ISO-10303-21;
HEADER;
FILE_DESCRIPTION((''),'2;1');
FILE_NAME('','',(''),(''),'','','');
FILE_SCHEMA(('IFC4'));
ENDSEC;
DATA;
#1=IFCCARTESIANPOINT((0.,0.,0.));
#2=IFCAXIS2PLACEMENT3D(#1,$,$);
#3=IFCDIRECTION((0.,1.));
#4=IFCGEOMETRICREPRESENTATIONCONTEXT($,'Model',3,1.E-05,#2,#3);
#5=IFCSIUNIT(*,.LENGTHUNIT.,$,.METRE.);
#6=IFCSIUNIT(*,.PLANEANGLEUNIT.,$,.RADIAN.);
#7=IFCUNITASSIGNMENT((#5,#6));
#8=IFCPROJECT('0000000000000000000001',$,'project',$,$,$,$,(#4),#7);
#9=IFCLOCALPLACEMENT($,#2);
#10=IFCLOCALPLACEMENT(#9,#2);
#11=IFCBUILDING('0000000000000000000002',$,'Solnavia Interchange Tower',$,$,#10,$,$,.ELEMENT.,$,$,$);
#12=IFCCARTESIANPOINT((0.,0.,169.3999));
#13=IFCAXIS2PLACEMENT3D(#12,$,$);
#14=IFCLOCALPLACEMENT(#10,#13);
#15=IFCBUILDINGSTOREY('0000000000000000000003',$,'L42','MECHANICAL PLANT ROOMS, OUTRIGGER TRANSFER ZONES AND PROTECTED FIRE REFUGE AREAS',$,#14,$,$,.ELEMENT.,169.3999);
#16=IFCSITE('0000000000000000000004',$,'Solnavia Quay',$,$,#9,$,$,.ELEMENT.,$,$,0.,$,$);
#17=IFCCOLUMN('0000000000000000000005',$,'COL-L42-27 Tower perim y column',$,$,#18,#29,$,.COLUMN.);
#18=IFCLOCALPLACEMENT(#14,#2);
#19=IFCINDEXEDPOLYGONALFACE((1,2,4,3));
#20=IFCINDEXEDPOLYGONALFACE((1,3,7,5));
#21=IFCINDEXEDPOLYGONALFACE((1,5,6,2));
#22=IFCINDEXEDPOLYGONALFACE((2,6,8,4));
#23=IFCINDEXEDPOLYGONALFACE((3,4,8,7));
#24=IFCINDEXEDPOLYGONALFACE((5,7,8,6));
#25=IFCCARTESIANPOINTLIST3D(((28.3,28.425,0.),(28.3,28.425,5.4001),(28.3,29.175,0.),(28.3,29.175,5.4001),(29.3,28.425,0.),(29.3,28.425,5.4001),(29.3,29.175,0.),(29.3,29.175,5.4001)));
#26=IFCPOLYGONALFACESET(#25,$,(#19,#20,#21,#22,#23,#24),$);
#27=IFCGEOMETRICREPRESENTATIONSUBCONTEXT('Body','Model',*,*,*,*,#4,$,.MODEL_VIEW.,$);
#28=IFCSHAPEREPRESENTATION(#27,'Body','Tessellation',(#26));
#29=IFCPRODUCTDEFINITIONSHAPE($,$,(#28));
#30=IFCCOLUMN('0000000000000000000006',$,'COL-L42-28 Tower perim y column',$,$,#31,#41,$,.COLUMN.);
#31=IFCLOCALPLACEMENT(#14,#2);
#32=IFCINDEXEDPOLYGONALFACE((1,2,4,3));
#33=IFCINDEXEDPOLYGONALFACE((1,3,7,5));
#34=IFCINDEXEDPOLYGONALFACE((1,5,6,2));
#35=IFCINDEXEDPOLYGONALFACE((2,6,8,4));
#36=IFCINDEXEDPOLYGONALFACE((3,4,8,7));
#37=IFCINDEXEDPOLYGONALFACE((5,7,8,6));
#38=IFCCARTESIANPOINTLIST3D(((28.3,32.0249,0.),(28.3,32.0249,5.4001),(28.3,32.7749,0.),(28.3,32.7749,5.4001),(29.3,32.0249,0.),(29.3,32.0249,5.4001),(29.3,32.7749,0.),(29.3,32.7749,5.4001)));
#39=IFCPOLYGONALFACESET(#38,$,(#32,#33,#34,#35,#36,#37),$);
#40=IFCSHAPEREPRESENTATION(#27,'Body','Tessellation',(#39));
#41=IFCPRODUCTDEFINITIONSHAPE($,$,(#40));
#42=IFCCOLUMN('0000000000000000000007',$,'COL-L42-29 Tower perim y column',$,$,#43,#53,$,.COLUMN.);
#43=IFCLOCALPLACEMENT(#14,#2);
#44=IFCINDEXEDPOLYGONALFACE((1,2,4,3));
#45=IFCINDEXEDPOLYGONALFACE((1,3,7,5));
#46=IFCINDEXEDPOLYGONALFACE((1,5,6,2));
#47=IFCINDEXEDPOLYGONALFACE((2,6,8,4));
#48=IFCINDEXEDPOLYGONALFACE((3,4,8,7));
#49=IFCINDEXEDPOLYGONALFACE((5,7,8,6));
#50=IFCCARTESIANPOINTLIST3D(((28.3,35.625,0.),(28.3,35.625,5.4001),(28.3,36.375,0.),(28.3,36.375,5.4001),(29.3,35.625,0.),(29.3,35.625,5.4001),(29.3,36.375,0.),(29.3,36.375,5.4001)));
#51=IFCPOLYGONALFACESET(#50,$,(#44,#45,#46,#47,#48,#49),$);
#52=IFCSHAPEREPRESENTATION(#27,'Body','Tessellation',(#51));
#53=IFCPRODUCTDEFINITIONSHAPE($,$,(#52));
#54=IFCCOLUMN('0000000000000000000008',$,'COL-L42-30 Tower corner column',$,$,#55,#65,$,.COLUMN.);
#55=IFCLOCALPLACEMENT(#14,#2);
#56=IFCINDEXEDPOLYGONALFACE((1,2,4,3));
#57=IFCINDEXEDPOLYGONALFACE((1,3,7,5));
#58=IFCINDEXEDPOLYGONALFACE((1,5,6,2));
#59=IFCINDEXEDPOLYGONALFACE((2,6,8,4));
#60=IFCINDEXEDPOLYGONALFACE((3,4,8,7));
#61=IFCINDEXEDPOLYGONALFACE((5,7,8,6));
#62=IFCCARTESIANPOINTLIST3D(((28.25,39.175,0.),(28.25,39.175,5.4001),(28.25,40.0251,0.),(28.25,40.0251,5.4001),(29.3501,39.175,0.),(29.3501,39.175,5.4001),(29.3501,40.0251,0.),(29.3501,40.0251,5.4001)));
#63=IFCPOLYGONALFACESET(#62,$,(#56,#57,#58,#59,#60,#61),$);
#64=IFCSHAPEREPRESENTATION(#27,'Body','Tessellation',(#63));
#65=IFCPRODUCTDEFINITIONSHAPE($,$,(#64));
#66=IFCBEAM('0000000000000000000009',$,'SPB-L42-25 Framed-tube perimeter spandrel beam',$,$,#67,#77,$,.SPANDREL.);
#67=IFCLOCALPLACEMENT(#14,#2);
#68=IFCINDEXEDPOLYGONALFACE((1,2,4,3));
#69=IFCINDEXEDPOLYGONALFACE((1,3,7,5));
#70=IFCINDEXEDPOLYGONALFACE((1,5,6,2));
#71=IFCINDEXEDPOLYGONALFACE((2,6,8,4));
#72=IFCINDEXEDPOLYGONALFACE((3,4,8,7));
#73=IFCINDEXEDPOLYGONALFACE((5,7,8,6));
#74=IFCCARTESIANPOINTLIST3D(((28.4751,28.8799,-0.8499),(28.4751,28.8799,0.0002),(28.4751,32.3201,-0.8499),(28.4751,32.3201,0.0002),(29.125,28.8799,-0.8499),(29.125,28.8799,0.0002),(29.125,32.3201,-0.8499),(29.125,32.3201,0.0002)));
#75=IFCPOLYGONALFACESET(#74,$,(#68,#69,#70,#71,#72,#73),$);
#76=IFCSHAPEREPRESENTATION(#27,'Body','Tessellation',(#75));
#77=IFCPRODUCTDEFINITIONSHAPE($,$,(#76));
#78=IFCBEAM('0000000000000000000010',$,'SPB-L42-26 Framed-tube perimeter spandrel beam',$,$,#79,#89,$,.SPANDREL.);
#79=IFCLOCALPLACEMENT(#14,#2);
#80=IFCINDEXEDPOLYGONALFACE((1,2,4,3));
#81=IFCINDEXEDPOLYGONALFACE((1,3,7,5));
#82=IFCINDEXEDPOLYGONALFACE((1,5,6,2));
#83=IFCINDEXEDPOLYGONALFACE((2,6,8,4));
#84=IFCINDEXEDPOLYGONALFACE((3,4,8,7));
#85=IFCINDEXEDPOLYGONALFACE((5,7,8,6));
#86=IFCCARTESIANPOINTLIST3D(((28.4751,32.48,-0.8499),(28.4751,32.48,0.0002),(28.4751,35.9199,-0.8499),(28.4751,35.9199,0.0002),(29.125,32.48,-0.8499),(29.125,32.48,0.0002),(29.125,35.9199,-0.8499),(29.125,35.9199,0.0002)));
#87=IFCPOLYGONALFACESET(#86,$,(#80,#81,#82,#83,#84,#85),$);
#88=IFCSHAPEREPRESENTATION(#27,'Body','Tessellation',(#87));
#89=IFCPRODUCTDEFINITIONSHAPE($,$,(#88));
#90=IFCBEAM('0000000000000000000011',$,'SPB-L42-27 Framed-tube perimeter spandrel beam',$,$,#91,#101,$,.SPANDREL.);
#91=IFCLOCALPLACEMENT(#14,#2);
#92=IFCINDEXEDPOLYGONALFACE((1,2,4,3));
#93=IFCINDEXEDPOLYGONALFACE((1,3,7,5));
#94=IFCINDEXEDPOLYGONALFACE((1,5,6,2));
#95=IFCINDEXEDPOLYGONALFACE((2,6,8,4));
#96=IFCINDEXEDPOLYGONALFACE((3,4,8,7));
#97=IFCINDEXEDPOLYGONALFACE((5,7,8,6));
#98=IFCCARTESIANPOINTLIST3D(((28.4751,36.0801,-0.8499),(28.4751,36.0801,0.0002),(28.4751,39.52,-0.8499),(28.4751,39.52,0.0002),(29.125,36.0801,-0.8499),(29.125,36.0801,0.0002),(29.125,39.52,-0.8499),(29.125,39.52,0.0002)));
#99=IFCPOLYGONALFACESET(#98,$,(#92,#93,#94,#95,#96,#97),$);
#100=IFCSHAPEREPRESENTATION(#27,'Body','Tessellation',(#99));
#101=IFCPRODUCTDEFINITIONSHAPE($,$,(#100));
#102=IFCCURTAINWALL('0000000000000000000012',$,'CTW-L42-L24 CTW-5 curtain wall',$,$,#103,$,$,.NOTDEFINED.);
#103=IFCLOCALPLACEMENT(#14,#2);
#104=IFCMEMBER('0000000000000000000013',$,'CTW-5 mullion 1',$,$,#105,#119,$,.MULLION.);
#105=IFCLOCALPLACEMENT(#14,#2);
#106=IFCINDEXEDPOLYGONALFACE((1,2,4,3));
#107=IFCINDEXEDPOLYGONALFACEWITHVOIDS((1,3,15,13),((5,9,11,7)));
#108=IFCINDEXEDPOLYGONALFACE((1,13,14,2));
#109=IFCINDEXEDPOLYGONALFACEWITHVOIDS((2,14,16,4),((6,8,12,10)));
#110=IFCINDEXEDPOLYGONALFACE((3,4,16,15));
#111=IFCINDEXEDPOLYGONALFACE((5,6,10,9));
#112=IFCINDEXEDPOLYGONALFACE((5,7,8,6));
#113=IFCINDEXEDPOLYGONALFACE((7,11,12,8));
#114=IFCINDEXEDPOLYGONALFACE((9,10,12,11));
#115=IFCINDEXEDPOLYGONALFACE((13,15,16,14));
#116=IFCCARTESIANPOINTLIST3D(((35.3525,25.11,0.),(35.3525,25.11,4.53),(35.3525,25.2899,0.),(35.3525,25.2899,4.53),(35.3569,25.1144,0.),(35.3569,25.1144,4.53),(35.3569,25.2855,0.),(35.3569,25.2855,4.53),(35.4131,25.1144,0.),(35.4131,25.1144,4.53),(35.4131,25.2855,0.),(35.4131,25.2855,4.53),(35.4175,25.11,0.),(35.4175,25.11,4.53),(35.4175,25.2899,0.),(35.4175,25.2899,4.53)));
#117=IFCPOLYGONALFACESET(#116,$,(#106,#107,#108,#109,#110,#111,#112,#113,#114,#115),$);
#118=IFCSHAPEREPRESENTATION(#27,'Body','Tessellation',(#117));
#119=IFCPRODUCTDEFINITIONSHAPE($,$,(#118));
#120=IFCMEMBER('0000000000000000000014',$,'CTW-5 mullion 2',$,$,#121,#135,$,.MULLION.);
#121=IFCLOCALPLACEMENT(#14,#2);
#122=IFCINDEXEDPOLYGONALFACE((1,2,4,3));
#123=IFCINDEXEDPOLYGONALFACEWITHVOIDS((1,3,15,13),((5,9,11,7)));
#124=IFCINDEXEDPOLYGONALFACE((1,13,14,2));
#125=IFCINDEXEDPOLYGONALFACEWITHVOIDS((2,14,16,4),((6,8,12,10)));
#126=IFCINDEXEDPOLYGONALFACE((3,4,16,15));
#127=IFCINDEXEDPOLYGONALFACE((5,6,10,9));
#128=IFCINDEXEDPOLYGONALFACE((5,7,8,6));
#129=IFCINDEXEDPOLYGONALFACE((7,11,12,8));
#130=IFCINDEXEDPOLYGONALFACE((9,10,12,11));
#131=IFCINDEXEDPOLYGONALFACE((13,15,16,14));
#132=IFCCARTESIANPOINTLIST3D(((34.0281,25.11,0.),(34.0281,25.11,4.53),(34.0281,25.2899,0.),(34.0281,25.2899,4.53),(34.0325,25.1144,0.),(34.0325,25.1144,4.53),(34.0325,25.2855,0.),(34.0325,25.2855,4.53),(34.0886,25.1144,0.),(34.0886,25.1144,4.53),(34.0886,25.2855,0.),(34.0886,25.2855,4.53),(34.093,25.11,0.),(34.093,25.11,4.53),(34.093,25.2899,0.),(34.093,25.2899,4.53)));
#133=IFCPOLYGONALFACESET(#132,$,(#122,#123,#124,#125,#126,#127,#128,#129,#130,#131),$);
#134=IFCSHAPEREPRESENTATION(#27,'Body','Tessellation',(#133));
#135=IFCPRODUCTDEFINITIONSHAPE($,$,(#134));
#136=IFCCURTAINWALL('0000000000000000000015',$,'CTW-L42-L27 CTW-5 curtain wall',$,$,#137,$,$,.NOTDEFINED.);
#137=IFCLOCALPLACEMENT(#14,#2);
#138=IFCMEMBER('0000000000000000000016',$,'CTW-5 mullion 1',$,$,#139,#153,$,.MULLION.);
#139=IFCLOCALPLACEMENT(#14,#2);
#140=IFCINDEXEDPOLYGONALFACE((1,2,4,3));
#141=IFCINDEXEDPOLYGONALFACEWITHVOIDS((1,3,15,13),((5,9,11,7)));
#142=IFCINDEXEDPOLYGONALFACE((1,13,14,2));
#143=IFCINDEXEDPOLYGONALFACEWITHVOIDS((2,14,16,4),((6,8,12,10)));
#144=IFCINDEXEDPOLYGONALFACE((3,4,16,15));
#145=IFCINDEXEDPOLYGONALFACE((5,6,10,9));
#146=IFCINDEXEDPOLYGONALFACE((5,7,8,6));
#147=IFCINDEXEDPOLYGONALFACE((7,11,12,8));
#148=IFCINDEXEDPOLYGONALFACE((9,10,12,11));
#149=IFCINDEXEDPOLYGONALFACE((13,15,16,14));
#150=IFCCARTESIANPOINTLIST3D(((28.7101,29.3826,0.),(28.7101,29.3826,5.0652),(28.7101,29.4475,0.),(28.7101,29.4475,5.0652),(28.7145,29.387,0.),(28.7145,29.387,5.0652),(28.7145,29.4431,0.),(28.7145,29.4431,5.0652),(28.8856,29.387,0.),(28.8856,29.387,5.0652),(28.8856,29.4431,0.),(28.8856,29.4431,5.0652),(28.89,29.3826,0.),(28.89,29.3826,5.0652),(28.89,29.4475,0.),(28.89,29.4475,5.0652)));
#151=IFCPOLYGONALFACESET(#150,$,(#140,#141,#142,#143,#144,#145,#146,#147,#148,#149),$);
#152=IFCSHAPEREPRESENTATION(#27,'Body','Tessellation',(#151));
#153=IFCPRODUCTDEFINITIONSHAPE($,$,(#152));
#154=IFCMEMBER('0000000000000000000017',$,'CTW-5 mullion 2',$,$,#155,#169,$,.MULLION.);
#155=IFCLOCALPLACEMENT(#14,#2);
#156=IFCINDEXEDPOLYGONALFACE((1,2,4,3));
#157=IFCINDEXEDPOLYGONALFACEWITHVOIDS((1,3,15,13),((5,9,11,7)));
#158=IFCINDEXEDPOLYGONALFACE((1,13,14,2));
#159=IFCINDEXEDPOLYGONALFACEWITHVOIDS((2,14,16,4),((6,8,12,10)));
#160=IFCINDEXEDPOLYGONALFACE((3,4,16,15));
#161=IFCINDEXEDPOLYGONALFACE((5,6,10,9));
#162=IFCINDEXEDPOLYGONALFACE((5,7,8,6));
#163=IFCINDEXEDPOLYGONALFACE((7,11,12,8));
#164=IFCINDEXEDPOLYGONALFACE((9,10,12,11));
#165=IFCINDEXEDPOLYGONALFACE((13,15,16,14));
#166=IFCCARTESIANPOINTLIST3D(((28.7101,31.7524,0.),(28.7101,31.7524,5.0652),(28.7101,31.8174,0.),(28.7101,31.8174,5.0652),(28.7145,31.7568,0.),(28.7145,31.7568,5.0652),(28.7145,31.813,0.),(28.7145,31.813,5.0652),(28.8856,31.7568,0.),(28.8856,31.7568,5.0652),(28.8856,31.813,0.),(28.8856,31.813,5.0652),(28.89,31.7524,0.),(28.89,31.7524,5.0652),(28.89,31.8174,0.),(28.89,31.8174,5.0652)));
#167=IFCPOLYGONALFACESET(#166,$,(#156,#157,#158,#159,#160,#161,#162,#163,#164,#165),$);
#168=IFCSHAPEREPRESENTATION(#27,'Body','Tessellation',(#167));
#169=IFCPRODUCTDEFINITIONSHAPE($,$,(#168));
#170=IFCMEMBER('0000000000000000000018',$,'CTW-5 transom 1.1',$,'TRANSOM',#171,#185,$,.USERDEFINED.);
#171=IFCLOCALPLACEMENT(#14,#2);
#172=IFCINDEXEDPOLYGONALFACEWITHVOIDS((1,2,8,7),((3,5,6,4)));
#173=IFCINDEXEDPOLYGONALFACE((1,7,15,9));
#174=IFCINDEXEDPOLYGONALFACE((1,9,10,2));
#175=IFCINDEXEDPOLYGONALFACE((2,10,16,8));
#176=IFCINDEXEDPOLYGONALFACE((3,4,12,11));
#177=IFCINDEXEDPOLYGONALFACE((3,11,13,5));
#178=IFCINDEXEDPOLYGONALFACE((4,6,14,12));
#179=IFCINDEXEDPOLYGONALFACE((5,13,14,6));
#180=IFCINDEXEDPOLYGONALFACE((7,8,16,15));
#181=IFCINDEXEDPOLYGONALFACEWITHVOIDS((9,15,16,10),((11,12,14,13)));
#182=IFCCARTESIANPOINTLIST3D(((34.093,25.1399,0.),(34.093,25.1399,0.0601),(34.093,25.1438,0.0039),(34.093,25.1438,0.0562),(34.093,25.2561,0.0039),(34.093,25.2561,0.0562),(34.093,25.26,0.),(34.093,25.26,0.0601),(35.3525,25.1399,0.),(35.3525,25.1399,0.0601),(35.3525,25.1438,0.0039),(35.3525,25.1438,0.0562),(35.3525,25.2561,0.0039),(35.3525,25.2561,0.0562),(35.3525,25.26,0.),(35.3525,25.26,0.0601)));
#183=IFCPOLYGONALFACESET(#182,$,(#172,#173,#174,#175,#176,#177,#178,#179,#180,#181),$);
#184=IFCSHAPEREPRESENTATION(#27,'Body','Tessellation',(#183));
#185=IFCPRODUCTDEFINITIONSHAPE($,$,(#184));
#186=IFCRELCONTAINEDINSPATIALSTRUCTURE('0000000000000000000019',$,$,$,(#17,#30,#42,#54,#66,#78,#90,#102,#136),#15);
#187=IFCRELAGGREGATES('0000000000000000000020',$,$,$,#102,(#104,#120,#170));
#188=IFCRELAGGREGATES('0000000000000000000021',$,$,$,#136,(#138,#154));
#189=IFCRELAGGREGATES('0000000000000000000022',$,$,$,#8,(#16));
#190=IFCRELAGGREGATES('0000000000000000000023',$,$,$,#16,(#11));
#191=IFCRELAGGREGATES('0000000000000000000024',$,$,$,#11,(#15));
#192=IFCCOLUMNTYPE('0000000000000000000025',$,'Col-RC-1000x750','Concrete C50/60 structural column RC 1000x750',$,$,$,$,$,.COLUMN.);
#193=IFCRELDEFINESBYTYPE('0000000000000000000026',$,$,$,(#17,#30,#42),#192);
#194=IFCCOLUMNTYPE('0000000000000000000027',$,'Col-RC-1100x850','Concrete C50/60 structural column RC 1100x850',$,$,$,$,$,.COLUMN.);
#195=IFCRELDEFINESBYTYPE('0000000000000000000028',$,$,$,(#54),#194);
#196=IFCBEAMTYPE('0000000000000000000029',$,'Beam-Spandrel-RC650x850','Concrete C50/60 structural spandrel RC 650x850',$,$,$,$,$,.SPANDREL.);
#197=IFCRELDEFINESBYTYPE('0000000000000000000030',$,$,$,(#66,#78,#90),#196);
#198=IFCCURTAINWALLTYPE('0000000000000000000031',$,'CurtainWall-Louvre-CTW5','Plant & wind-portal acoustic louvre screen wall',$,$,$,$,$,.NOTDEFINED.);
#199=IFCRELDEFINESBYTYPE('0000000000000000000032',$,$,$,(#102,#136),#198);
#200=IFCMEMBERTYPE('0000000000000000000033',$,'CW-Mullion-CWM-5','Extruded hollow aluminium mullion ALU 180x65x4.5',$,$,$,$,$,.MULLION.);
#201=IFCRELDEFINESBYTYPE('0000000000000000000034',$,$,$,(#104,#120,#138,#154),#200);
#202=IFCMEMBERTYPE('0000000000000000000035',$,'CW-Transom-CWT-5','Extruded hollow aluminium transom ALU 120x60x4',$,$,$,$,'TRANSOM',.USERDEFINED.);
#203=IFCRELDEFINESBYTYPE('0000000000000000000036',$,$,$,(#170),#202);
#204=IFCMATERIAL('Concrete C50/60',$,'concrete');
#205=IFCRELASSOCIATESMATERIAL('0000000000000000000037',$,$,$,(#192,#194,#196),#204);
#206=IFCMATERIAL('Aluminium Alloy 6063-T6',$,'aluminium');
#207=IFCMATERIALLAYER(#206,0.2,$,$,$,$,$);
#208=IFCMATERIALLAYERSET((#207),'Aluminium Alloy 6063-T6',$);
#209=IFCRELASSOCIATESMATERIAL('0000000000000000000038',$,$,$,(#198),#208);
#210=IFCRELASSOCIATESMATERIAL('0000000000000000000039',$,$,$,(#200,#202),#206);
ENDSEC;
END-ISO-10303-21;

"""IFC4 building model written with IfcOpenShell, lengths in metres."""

from ifc_helpers import new_model, si_unit, direction, frame, origin, origin_2d, place, context, subcontext, project, spatial, rectangle, hollow_rectangle, extrude, material, layer, layer_set, material_profile, profile_set, type_object, element, aggregate, save


model = new_model("IFC4")

# Units and contexts
model_context = context("Model", 3, precision=1e-05, world=origin(), true_north=direction((0.0, 1.0)))
body_context = subcontext(model_context, "Body", "Model", "MODEL_VIEW")
ifc_project = project(units=[si_unit("LENGTHUNIT", "METRE"), si_unit("PLANEANGLEUNIT", "RADIAN")], contexts=[model_context])

# Site, building, storey
site_placement = place(None, origin())
site = spatial("IfcSite", under=ifc_project, at=site_placement, Name="Solnavia Quay", CompositionType="ELEMENT", RefElevation=0.0)
building_placement = place(site_placement, origin())
building = spatial("IfcBuilding", under=site, at=building_placement, Name="Solnavia Interchange Tower", CompositionType="ELEMENT")
storey_placement = place(building_placement, frame((0.0, 0.0, 169.3999)))
storey = spatial("IfcBuildingStorey", under=building, at=storey_placement, Name="L42", Description="MECHANICAL PLANT ROOMS, OUTRIGGER TRANSFER ZONES AND PROTECTED FIRE REFUGE AREAS", CompositionType="ELEMENT", Elevation=169.3999)

# Columns
ifc_material_1 = material(Name="Concrete C50/60", Category="concrete")
ifc_material_profile_1 = material_profile(ifc_material_1, rectangle(XDim=0.75, YDim=1.0, at=origin_2d()), Name="RC 1000x750")
ifc_profile_set_1 = profile_set([ifc_material_profile_1], Name="Concrete C50/60")
column_type_1 = type_object("IfcColumnType", Name="Col-RC-1000x750", Description="Concrete C50/60 structural column RC 1000x750", PredefinedType="COLUMN", material=ifc_profile_set_1)
for number, where, z_axis, x_axis, name in (
    (1, (28.8, 28.8, 0.0), (0.0, 0.0, 1.0), (0.0, 1.0, 0.0), "COL-L42-27 Tower perim y column"),
    (2, (28.8, 32.3999, 0.0), (0.0, 0.0, 1.0), (0.0, 1.0, 0.0), "COL-L42-28 Tower perim y column"),
    (3, (28.8, 36.0, 0.0), (0.0, 0.0, 1.0), (0.0, 1.0, 0.0), "COL-L42-29 Tower perim y column"),
):
    element("IfcColumn", number, at=place(storey_placement, frame(where, z_axis=z_axis, x_axis=x_axis)), inside=storey, type_object=column_type_1, Name=name, PredefinedType="COLUMN", context=body_context, shape_type="SweptSolid", body=[
        extrude(rectangle(XDim=0.75, YDim=1.0, at=origin_2d()), origin(), (0.0, 0.0, 1.0), 5.4001),
    ])
ifc_material_profile_2 = material_profile(ifc_material_1, rectangle(XDim=0.8501, YDim=1.1001, at=origin_2d()), Name="RC 1100x850")
ifc_profile_set_2 = profile_set([ifc_material_profile_2], Name="Concrete C50/60")
column_type_2 = type_object("IfcColumnType", Name="Col-RC-1100x850", Description="Concrete C50/60 structural column RC 1100x850", PredefinedType="COLUMN", material=ifc_profile_set_2)
column_placement = place(storey_placement, frame((28.8, 39.6001, 0.0), z_axis=(0.0, 0.0, 1.0), x_axis=(0.0, 1.0, 0.0)))
element("IfcColumn", 4, at=column_placement, inside=storey, type_object=column_type_2, Name="COL-L42-30 Tower corner column", PredefinedType="COLUMN", context=body_context, shape_type="SweptSolid", body=[
    extrude(rectangle(XDim=0.8501, YDim=1.1001, at=origin_2d()), origin(), (0.0, 0.0, 1.0), 5.4001),
])

# Beams
ifc_material_profile_3 = material_profile(ifc_material_1, rectangle(XDim=0.6499, YDim=0.8501, at=origin_2d()), Name="RC 650x850")
ifc_profile_set_3 = profile_set([ifc_material_profile_3], Name="Concrete C50/60")
beam_type = type_object("IfcBeamType", Name="Beam-Spandrel-RC650x850", Description="Concrete C50/60 structural spandrel RC 650x850", PredefinedType="SPANDREL", material=ifc_profile_set_3)
beam_placement = place(storey_placement, frame((28.8, 28.8799, -0.4248), z_axis=(0.0, 1.0, 0.0), x_axis=(-1.0, 0.0, 0.0)))
element("IfcBeam", 5, at=beam_placement, inside=storey, type_object=beam_type, Name="SPB-L42-25 Framed-tube perimeter spandrel beam", PredefinedType="SPANDREL", context=body_context, shape_type="SweptSolid", body=[
    extrude(rectangle(XDim=0.6499, YDim=0.8501, at=origin_2d()), origin(), (0.0, 0.0, 1.0), 3.4402),
])
for number, where, z_axis, x_axis, name in (
    (6, (28.8, 32.48, -0.4248), (0.0, 1.0, 0.0), (-1.0, 0.0, 0.0), "SPB-L42-26 Framed-tube perimeter spandrel beam"),
    (7, (28.8, 36.0801, -0.4248), (0.0, 1.0, 0.0), (-1.0, 0.0, 0.0), "SPB-L42-27 Framed-tube perimeter spandrel beam"),
):
    element("IfcBeam", number, at=place(storey_placement, frame(where, z_axis=z_axis, x_axis=x_axis)), inside=storey, type_object=beam_type, Name=name, PredefinedType="SPANDREL", context=body_context, shape_type="SweptSolid", body=[
        extrude(rectangle(XDim=0.6499, YDim=0.8501, at=origin_2d()), origin(), (0.0, 0.0, 1.0), 3.4399),
    ])

# Curtain walls, members
ifc_material_2 = material(Name="Aluminium Alloy 6063-T6", Category="aluminium")
ifc_layer_1 = layer(ifc_material_2, 0.2)
ifc_layer_set_1 = layer_set([ifc_layer_1], Name="Aluminium Alloy 6063-T6")
curtain_wall_type = type_object("IfcCurtainWallType", Name="CurtainWall-Louvre-CTW5", Description="Plant & wind-portal acoustic louvre screen wall", PredefinedType="NOTDEFINED", material=ifc_layer_set_1)
curtain_wall_1_placement = place(storey_placement, origin())
curtain_wall_1 = element("IfcCurtainWall", 8, at=curtain_wall_1_placement, inside=storey, type_object=curtain_wall_type, Name="CTW-L42-L24 CTW-5 curtain wall", PredefinedType="NOTDEFINED")
ifc_material_profile_4 = material_profile(ifc_material_2, hollow_rectangle(XDim=0.0649, YDim=0.1799, WallThickness=0.0044, at=origin_2d()), Name="ALU 180x65x4.5")
ifc_profile_set_4 = profile_set([ifc_material_profile_4], Name="Aluminium Alloy 6063-T6")
member_type_1 = type_object("IfcMemberType", Name="CW-Mullion-CWM-5", Description="Extruded hollow aluminium mullion ALU 180x65x4.5", PredefinedType="MULLION", material=ifc_profile_set_4)
member_1_placement = place(storey_placement, frame((35.385, 25.2, 0.0), z_axis=(0.0, 0.0, 1.0), x_axis=(-1.0, 0.0, 0.0)))
member_1 = element("IfcMember", 9, at=member_1_placement, type_object=member_type_1, Name="CTW-5 mullion 1", PredefinedType="MULLION", context=body_context, shape_type="SweptSolid", body=[
    extrude(hollow_rectangle(XDim=0.0649, YDim=0.1799, WallThickness=0.0044, at=origin_2d()), origin(), (0.0, 0.0, 1.0), 4.53),
])
member_2_placement = place(storey_placement, frame((34.0605, 25.2, 0.0), z_axis=(0.0, 0.0, 1.0), x_axis=(-1.0, 0.0, 0.0)))
member_2 = element("IfcMember", 10, at=member_2_placement, type_object=member_type_1, Name="CTW-5 mullion 2", PredefinedType="MULLION", context=body_context, shape_type="SweptSolid", body=[
    extrude(hollow_rectangle(XDim=0.0649, YDim=0.1799, WallThickness=0.0044, at=origin_2d()), origin(), (0.0, 0.0, 1.0), 4.53),
])
curtain_wall_2_placement = place(storey_placement, origin())
curtain_wall_2 = element("IfcCurtainWall", 11, at=curtain_wall_2_placement, inside=storey, type_object=curtain_wall_type, Name="CTW-L42-L27 CTW-5 curtain wall", PredefinedType="NOTDEFINED")
member_3_placement = place(storey_placement, frame((28.8, 29.415, 0.0), z_axis=(0.0, 0.0, 1.0), x_axis=(0.0, 1.0, 0.0)))
member_3 = element("IfcMember", 12, at=member_3_placement, type_object=member_type_1, Name="CTW-5 mullion 1", PredefinedType="MULLION", context=body_context, shape_type="SweptSolid", body=[
    extrude(hollow_rectangle(XDim=0.0649, YDim=0.1799, WallThickness=0.0044, at=origin_2d()), origin(), (0.0, 0.0, 1.0), 5.0652),
])
member_4_placement = place(storey_placement, frame((28.8, 31.7849, 0.0), z_axis=(0.0, 0.0, 1.0), x_axis=(0.0, 1.0, 0.0)))
member_4 = element("IfcMember", 13, at=member_4_placement, type_object=member_type_1, Name="CTW-5 mullion 2", PredefinedType="MULLION", context=body_context, shape_type="SweptSolid", body=[
    extrude(hollow_rectangle(XDim=0.0649, YDim=0.1799, WallThickness=0.0044, at=origin_2d()), origin(), (0.0, 0.0, 1.0), 5.0652),
])

# Member
ifc_material_profile_5 = material_profile(ifc_material_2, hollow_rectangle(XDim=0.0601, YDim=0.1201, WallThickness=0.0039, at=origin_2d()), Name="ALU 120x60x4")
ifc_profile_set_5 = profile_set([ifc_material_profile_5], Name="Aluminium Alloy 6063-T6")
member_type_2 = type_object("IfcMemberType", Name="CW-Transom-CWT-5", Description="Extruded hollow aluminium transom ALU 120x60x4", ElementType="TRANSOM", PredefinedType="USERDEFINED", material=ifc_profile_set_5)
member_5_placement = place(storey_placement, frame((35.3525, 25.2, 0.03), z_axis=(-1.0, 0.0, 0.0), x_axis=(0.0, 0.0, 1.0)))
member_5 = element("IfcMember", 14, at=member_5_placement, type_object=member_type_2, Name="CTW-5 transom 1.1", ObjectType="TRANSOM", PredefinedType="USERDEFINED", context=body_context, shape_type="SweptSolid", body=[
    extrude(hollow_rectangle(XDim=0.0601, YDim=0.1201, WallThickness=0.0039, at=origin_2d()), origin(), (0.0, 0.0, 1.0), 1.2595),
])

aggregate(curtain_wall_1, [member_1, member_2, member_5])
aggregate(curtain_wall_2, [member_3, member_4])

save(model, "model.ifc")
